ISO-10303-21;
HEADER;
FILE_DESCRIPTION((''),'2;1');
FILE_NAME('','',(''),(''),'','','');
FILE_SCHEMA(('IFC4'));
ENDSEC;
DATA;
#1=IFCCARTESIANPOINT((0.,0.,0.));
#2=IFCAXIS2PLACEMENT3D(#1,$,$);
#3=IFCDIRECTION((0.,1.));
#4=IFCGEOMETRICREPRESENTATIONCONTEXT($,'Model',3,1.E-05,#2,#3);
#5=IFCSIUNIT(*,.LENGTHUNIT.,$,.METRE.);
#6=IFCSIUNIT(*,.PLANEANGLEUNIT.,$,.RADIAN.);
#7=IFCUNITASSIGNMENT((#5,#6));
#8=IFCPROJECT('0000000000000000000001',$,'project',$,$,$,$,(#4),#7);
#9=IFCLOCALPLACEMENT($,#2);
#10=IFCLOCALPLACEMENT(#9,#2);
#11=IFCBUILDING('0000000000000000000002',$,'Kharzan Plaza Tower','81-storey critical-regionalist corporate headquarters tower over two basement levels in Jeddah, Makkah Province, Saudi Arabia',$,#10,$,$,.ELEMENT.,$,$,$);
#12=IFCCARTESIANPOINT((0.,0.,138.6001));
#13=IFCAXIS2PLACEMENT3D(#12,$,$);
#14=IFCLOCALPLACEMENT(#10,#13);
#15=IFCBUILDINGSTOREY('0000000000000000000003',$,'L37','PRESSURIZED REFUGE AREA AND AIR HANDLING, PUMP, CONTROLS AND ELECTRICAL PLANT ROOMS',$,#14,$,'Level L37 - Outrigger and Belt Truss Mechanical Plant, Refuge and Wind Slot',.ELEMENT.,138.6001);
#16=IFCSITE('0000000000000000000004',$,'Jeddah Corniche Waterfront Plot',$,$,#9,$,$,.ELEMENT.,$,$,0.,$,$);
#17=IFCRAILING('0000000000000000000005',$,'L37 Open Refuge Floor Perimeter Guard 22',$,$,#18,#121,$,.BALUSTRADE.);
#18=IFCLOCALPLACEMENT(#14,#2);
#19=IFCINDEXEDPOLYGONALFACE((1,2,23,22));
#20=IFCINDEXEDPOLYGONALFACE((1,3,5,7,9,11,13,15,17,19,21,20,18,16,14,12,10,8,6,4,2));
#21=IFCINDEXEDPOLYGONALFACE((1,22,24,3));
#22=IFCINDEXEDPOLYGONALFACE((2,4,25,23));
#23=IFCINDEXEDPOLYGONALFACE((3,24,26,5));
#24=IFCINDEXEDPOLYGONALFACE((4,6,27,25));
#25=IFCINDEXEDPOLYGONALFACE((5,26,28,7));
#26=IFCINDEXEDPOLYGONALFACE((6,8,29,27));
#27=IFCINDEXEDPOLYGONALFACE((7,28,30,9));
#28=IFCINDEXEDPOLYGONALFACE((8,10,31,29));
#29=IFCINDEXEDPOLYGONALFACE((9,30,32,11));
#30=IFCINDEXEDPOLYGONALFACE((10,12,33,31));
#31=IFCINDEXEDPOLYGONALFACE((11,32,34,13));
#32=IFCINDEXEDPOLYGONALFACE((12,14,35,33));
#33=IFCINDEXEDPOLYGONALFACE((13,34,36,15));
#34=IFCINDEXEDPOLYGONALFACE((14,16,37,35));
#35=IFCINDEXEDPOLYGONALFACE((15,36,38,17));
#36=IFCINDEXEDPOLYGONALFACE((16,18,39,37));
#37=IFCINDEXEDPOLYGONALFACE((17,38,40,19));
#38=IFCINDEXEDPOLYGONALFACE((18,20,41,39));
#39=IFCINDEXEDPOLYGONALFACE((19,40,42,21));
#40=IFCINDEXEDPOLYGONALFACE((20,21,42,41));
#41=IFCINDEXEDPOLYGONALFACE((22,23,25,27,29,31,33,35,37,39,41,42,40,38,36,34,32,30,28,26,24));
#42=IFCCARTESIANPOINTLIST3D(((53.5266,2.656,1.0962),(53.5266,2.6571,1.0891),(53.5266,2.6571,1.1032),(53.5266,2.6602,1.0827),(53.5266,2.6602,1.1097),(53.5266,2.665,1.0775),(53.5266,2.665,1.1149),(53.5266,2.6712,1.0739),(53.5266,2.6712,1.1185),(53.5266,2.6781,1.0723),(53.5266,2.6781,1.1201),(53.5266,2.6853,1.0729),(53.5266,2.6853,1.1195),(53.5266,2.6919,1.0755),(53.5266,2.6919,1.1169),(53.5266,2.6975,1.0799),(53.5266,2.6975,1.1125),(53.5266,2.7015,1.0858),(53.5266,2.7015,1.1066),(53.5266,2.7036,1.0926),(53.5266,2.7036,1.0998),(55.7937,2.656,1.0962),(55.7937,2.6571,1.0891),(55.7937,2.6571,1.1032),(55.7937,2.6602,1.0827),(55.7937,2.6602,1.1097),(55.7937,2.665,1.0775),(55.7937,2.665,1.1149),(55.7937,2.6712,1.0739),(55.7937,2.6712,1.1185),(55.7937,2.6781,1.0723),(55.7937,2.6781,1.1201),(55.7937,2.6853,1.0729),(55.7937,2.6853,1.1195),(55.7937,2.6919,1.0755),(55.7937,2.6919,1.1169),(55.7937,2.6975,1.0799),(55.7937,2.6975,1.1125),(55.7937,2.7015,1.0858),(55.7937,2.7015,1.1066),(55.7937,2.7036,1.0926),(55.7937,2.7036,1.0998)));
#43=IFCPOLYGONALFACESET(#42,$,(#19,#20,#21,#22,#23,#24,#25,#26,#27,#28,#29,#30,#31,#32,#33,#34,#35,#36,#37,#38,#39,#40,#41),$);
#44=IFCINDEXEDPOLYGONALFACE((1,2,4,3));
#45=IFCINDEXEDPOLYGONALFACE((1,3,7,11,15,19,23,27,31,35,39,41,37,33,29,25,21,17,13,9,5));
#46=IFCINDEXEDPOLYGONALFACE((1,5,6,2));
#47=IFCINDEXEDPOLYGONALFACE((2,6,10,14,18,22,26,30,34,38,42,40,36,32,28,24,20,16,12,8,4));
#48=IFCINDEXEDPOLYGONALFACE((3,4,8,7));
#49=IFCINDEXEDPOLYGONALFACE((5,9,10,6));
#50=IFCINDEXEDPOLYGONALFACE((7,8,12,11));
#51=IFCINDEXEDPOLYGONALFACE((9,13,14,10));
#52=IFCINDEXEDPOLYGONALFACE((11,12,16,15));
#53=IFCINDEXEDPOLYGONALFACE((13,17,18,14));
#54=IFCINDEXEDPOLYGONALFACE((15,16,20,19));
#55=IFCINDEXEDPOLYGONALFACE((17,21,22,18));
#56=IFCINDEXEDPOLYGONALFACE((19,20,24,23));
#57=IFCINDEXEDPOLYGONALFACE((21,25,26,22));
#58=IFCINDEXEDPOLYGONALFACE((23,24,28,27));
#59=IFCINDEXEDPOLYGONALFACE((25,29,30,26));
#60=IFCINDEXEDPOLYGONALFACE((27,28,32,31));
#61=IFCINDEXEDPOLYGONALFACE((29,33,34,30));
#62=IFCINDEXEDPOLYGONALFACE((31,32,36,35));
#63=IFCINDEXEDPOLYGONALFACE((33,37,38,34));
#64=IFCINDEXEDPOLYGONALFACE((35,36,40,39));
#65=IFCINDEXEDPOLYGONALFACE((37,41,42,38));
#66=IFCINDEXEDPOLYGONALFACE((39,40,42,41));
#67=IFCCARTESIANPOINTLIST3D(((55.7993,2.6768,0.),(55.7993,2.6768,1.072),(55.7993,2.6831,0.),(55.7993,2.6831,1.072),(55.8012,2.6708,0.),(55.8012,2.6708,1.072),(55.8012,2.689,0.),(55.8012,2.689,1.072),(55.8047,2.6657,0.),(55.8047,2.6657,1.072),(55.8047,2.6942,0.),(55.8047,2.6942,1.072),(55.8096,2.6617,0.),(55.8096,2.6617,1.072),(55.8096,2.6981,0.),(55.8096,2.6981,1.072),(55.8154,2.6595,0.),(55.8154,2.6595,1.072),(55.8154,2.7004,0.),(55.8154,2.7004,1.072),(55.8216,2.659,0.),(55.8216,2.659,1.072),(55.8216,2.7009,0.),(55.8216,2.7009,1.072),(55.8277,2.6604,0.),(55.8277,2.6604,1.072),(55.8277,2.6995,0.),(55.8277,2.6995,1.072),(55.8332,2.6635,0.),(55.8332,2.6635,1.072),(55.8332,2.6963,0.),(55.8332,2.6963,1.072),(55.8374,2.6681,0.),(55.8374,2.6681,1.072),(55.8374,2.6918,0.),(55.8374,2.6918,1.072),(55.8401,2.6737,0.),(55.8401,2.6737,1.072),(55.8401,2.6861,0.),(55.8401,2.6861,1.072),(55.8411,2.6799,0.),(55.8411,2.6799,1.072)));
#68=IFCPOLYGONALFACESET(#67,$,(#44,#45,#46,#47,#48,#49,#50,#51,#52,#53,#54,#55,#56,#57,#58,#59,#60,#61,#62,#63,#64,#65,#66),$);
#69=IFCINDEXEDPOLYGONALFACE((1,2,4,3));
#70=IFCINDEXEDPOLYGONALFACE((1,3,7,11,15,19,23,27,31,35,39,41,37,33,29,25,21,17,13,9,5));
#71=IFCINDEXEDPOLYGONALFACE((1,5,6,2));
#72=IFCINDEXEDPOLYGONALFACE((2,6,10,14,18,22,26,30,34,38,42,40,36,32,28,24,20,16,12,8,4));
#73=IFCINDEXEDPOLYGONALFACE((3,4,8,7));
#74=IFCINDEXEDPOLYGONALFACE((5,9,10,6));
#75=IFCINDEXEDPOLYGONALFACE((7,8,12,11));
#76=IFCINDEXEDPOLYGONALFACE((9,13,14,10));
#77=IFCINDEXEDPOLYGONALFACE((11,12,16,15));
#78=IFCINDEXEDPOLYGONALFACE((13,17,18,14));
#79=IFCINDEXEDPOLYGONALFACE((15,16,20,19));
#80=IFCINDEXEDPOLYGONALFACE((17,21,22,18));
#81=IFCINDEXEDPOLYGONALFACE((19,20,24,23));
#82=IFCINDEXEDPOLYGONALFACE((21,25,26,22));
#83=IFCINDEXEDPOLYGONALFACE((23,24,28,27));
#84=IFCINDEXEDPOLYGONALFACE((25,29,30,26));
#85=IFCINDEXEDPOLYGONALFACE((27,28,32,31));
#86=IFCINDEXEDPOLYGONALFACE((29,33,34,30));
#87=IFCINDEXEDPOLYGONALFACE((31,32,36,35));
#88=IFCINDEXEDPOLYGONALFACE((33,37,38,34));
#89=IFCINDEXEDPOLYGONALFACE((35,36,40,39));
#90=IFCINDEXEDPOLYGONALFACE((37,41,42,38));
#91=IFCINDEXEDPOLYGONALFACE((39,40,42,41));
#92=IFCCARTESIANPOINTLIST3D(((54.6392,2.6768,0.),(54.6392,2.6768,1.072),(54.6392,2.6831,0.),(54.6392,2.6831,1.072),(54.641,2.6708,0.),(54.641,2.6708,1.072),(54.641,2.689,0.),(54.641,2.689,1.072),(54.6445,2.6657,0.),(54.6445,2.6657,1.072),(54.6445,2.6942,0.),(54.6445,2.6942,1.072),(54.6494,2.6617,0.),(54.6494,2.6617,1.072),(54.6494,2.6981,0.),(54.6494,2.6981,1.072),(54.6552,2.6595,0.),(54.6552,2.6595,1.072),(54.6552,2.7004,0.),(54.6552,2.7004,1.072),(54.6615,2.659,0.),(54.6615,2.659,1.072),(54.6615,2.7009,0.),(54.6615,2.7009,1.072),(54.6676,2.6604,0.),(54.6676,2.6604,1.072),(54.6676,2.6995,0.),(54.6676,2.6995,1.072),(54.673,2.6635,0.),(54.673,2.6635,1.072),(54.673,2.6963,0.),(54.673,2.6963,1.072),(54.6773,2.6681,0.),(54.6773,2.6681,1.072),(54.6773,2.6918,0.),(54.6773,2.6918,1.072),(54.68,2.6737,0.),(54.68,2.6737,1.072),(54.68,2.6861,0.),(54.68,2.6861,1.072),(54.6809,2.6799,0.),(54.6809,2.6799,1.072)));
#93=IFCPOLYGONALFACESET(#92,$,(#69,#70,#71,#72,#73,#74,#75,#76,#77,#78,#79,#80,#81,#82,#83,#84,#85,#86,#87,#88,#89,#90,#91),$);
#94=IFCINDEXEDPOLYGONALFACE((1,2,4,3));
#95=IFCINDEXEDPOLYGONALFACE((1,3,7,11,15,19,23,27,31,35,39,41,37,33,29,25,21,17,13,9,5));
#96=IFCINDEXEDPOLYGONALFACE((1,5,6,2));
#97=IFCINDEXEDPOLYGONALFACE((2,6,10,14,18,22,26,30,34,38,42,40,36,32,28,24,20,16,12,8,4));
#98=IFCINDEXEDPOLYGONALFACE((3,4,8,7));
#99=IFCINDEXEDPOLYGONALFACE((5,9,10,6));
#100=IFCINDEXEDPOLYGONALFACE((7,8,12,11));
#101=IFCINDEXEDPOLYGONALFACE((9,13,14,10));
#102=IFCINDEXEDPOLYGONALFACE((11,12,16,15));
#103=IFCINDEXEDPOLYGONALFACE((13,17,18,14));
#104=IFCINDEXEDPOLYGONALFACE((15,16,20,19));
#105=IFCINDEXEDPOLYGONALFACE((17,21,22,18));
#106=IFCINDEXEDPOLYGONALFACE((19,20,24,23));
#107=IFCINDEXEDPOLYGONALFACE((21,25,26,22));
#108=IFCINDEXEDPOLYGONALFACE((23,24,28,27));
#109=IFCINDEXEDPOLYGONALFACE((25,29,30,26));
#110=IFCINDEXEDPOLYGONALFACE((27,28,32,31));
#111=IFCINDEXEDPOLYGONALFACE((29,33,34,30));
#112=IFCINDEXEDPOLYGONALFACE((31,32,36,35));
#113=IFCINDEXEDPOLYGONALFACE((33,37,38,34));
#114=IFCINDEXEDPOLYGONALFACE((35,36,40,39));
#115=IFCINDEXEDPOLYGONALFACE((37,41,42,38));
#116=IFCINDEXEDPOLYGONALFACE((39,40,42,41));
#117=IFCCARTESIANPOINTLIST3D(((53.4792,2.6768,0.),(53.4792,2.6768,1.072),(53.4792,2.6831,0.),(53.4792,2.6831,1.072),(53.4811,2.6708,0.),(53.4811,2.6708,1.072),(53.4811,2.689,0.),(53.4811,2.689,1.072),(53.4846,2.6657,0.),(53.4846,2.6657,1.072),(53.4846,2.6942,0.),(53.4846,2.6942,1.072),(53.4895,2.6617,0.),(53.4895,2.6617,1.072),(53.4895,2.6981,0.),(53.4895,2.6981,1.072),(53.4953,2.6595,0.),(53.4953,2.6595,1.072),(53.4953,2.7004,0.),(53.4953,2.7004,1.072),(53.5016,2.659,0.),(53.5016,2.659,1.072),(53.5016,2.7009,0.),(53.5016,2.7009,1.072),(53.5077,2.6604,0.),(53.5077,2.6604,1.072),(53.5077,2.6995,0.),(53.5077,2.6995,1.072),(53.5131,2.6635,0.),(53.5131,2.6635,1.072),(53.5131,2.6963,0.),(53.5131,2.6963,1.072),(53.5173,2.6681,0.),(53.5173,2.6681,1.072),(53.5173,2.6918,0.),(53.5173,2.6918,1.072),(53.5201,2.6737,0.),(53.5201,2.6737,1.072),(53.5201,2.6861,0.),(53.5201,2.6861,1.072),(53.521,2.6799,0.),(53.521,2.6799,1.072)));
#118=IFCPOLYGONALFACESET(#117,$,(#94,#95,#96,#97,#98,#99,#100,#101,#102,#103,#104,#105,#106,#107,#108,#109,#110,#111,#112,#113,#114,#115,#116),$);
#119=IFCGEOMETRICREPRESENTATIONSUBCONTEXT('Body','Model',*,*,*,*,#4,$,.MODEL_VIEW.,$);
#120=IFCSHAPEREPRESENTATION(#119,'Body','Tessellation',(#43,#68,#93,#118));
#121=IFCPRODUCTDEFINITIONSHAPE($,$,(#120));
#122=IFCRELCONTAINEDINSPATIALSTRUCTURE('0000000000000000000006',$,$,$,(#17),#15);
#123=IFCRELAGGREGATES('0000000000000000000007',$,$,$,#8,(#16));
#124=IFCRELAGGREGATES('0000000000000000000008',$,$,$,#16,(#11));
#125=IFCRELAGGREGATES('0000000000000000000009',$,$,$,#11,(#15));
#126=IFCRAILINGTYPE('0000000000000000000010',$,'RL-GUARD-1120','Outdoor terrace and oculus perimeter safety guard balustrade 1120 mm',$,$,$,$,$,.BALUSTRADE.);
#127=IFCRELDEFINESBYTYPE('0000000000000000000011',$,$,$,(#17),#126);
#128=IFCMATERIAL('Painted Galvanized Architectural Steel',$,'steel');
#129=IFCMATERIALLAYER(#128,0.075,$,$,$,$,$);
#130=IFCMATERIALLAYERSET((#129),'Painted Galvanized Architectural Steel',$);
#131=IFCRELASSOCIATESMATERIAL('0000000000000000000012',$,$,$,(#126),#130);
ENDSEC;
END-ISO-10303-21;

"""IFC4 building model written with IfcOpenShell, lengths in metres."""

from ifc_helpers import new_model, si_unit, direction, frame, origin, origin_2d, place, context, subcontext, project, spatial, circle, extrude, source, transform, mapped, material, layer, layer_set, type_object, element, save


model = new_model("IFC4")

# Units and contexts
model_context = context("Model", 3, precision=1e-05, world=origin(), true_north=direction((0.0, 1.0)))
body_context = subcontext(model_context, "Body", "Model", "MODEL_VIEW")
ifc_project = project(units=[si_unit("LENGTHUNIT", "METRE"), si_unit("PLANEANGLEUNIT", "RADIAN")], contexts=[model_context])

# Site, building, storey
site_placement = place(None, origin())
site = spatial("IfcSite", under=ifc_project, at=site_placement, Name="Jeddah Corniche Waterfront Plot", CompositionType="ELEMENT", RefElevation=0.0)
building_placement = place(site_placement, origin())
building = spatial("IfcBuilding", under=site, at=building_placement, Name="Kharzan Plaza Tower", Description="81-storey critical-regionalist corporate headquarters tower over two basement levels in Jeddah, Makkah Province, Saudi Arabia", CompositionType="ELEMENT")
storey_placement = place(building_placement, frame((0.0, 0.0, 138.6001)))
storey = spatial("IfcBuildingStorey", under=building, at=storey_placement, Name="L37", Description="PRESSURIZED REFUGE AREA AND AIR HANDLING, PUMP, CONTROLS AND ELECTRICAL PLANT ROOMS", LongName="Level L37 - Outrigger and Belt Truss Mechanical Plant, Refuge and Wind Slot", CompositionType="ELEMENT", Elevation=138.6001)

# Railing
ifc_material_1 = material(Name="Painted Galvanized Architectural Steel", Category="steel")
ifc_layer_1 = layer(ifc_material_1, 0.075)
ifc_layer_set_1 = layer_set([ifc_layer_1], Name="Painted Galvanized Architectural Steel")
railing_type = type_object("IfcRailingType", Name="RL-GUARD-1120", Description="Outdoor terrace and oculus perimeter safety guard balustrade 1120 mm", PredefinedType="BALUSTRADE", material=ifc_layer_set_1)
shared_shape_1 = source(origin(), body_context, "Body", "SweptSolid", [
    extrude(circle(Radius=0.0239, at=origin_2d()), frame((-0.0264, 0.0, 1.0962), z_axis=(-1.0, 0.0, 0.0), x_axis=(0.0, -1.0, 0.0)), (0.0, 0.0, 1.0), 2.2671),
    extrude(circle(Radius=0.021, at=origin_2d()), origin(), (0.0, 0.0, 1.0), 1.072),
    extrude(circle(Radius=0.021, at=origin_2d()), frame((-1.1602, 0.0, 0.0)), (0.0, 0.0, 1.0), 1.072),
    extrude(circle(Radius=0.021, at=origin_2d()), frame((-2.3201, 0.0, 0.0)), (0.0, 0.0, 1.0), 1.072),
])
railing_1_placement = place(storey_placement, frame((55.8201, 2.6799, 0.0)))
element("IfcRailing", 1, at=railing_1_placement, inside=storey, type_object=railing_type, Name="L37 Open Refuge Floor Perimeter Guard 22", PredefinedType="BALUSTRADE", context=body_context, shape_type="MappedRepresentation", body=[
    mapped(shared_shape_1, transform((0.0, 0.0, 0.0), x_axis=(1.0, 0.0, 0.0), y_axis=(0.0, 1.0, 0.0), z_axis=(0.0, 0.0, 1.0))),
])

save(model, "model.ifc")
